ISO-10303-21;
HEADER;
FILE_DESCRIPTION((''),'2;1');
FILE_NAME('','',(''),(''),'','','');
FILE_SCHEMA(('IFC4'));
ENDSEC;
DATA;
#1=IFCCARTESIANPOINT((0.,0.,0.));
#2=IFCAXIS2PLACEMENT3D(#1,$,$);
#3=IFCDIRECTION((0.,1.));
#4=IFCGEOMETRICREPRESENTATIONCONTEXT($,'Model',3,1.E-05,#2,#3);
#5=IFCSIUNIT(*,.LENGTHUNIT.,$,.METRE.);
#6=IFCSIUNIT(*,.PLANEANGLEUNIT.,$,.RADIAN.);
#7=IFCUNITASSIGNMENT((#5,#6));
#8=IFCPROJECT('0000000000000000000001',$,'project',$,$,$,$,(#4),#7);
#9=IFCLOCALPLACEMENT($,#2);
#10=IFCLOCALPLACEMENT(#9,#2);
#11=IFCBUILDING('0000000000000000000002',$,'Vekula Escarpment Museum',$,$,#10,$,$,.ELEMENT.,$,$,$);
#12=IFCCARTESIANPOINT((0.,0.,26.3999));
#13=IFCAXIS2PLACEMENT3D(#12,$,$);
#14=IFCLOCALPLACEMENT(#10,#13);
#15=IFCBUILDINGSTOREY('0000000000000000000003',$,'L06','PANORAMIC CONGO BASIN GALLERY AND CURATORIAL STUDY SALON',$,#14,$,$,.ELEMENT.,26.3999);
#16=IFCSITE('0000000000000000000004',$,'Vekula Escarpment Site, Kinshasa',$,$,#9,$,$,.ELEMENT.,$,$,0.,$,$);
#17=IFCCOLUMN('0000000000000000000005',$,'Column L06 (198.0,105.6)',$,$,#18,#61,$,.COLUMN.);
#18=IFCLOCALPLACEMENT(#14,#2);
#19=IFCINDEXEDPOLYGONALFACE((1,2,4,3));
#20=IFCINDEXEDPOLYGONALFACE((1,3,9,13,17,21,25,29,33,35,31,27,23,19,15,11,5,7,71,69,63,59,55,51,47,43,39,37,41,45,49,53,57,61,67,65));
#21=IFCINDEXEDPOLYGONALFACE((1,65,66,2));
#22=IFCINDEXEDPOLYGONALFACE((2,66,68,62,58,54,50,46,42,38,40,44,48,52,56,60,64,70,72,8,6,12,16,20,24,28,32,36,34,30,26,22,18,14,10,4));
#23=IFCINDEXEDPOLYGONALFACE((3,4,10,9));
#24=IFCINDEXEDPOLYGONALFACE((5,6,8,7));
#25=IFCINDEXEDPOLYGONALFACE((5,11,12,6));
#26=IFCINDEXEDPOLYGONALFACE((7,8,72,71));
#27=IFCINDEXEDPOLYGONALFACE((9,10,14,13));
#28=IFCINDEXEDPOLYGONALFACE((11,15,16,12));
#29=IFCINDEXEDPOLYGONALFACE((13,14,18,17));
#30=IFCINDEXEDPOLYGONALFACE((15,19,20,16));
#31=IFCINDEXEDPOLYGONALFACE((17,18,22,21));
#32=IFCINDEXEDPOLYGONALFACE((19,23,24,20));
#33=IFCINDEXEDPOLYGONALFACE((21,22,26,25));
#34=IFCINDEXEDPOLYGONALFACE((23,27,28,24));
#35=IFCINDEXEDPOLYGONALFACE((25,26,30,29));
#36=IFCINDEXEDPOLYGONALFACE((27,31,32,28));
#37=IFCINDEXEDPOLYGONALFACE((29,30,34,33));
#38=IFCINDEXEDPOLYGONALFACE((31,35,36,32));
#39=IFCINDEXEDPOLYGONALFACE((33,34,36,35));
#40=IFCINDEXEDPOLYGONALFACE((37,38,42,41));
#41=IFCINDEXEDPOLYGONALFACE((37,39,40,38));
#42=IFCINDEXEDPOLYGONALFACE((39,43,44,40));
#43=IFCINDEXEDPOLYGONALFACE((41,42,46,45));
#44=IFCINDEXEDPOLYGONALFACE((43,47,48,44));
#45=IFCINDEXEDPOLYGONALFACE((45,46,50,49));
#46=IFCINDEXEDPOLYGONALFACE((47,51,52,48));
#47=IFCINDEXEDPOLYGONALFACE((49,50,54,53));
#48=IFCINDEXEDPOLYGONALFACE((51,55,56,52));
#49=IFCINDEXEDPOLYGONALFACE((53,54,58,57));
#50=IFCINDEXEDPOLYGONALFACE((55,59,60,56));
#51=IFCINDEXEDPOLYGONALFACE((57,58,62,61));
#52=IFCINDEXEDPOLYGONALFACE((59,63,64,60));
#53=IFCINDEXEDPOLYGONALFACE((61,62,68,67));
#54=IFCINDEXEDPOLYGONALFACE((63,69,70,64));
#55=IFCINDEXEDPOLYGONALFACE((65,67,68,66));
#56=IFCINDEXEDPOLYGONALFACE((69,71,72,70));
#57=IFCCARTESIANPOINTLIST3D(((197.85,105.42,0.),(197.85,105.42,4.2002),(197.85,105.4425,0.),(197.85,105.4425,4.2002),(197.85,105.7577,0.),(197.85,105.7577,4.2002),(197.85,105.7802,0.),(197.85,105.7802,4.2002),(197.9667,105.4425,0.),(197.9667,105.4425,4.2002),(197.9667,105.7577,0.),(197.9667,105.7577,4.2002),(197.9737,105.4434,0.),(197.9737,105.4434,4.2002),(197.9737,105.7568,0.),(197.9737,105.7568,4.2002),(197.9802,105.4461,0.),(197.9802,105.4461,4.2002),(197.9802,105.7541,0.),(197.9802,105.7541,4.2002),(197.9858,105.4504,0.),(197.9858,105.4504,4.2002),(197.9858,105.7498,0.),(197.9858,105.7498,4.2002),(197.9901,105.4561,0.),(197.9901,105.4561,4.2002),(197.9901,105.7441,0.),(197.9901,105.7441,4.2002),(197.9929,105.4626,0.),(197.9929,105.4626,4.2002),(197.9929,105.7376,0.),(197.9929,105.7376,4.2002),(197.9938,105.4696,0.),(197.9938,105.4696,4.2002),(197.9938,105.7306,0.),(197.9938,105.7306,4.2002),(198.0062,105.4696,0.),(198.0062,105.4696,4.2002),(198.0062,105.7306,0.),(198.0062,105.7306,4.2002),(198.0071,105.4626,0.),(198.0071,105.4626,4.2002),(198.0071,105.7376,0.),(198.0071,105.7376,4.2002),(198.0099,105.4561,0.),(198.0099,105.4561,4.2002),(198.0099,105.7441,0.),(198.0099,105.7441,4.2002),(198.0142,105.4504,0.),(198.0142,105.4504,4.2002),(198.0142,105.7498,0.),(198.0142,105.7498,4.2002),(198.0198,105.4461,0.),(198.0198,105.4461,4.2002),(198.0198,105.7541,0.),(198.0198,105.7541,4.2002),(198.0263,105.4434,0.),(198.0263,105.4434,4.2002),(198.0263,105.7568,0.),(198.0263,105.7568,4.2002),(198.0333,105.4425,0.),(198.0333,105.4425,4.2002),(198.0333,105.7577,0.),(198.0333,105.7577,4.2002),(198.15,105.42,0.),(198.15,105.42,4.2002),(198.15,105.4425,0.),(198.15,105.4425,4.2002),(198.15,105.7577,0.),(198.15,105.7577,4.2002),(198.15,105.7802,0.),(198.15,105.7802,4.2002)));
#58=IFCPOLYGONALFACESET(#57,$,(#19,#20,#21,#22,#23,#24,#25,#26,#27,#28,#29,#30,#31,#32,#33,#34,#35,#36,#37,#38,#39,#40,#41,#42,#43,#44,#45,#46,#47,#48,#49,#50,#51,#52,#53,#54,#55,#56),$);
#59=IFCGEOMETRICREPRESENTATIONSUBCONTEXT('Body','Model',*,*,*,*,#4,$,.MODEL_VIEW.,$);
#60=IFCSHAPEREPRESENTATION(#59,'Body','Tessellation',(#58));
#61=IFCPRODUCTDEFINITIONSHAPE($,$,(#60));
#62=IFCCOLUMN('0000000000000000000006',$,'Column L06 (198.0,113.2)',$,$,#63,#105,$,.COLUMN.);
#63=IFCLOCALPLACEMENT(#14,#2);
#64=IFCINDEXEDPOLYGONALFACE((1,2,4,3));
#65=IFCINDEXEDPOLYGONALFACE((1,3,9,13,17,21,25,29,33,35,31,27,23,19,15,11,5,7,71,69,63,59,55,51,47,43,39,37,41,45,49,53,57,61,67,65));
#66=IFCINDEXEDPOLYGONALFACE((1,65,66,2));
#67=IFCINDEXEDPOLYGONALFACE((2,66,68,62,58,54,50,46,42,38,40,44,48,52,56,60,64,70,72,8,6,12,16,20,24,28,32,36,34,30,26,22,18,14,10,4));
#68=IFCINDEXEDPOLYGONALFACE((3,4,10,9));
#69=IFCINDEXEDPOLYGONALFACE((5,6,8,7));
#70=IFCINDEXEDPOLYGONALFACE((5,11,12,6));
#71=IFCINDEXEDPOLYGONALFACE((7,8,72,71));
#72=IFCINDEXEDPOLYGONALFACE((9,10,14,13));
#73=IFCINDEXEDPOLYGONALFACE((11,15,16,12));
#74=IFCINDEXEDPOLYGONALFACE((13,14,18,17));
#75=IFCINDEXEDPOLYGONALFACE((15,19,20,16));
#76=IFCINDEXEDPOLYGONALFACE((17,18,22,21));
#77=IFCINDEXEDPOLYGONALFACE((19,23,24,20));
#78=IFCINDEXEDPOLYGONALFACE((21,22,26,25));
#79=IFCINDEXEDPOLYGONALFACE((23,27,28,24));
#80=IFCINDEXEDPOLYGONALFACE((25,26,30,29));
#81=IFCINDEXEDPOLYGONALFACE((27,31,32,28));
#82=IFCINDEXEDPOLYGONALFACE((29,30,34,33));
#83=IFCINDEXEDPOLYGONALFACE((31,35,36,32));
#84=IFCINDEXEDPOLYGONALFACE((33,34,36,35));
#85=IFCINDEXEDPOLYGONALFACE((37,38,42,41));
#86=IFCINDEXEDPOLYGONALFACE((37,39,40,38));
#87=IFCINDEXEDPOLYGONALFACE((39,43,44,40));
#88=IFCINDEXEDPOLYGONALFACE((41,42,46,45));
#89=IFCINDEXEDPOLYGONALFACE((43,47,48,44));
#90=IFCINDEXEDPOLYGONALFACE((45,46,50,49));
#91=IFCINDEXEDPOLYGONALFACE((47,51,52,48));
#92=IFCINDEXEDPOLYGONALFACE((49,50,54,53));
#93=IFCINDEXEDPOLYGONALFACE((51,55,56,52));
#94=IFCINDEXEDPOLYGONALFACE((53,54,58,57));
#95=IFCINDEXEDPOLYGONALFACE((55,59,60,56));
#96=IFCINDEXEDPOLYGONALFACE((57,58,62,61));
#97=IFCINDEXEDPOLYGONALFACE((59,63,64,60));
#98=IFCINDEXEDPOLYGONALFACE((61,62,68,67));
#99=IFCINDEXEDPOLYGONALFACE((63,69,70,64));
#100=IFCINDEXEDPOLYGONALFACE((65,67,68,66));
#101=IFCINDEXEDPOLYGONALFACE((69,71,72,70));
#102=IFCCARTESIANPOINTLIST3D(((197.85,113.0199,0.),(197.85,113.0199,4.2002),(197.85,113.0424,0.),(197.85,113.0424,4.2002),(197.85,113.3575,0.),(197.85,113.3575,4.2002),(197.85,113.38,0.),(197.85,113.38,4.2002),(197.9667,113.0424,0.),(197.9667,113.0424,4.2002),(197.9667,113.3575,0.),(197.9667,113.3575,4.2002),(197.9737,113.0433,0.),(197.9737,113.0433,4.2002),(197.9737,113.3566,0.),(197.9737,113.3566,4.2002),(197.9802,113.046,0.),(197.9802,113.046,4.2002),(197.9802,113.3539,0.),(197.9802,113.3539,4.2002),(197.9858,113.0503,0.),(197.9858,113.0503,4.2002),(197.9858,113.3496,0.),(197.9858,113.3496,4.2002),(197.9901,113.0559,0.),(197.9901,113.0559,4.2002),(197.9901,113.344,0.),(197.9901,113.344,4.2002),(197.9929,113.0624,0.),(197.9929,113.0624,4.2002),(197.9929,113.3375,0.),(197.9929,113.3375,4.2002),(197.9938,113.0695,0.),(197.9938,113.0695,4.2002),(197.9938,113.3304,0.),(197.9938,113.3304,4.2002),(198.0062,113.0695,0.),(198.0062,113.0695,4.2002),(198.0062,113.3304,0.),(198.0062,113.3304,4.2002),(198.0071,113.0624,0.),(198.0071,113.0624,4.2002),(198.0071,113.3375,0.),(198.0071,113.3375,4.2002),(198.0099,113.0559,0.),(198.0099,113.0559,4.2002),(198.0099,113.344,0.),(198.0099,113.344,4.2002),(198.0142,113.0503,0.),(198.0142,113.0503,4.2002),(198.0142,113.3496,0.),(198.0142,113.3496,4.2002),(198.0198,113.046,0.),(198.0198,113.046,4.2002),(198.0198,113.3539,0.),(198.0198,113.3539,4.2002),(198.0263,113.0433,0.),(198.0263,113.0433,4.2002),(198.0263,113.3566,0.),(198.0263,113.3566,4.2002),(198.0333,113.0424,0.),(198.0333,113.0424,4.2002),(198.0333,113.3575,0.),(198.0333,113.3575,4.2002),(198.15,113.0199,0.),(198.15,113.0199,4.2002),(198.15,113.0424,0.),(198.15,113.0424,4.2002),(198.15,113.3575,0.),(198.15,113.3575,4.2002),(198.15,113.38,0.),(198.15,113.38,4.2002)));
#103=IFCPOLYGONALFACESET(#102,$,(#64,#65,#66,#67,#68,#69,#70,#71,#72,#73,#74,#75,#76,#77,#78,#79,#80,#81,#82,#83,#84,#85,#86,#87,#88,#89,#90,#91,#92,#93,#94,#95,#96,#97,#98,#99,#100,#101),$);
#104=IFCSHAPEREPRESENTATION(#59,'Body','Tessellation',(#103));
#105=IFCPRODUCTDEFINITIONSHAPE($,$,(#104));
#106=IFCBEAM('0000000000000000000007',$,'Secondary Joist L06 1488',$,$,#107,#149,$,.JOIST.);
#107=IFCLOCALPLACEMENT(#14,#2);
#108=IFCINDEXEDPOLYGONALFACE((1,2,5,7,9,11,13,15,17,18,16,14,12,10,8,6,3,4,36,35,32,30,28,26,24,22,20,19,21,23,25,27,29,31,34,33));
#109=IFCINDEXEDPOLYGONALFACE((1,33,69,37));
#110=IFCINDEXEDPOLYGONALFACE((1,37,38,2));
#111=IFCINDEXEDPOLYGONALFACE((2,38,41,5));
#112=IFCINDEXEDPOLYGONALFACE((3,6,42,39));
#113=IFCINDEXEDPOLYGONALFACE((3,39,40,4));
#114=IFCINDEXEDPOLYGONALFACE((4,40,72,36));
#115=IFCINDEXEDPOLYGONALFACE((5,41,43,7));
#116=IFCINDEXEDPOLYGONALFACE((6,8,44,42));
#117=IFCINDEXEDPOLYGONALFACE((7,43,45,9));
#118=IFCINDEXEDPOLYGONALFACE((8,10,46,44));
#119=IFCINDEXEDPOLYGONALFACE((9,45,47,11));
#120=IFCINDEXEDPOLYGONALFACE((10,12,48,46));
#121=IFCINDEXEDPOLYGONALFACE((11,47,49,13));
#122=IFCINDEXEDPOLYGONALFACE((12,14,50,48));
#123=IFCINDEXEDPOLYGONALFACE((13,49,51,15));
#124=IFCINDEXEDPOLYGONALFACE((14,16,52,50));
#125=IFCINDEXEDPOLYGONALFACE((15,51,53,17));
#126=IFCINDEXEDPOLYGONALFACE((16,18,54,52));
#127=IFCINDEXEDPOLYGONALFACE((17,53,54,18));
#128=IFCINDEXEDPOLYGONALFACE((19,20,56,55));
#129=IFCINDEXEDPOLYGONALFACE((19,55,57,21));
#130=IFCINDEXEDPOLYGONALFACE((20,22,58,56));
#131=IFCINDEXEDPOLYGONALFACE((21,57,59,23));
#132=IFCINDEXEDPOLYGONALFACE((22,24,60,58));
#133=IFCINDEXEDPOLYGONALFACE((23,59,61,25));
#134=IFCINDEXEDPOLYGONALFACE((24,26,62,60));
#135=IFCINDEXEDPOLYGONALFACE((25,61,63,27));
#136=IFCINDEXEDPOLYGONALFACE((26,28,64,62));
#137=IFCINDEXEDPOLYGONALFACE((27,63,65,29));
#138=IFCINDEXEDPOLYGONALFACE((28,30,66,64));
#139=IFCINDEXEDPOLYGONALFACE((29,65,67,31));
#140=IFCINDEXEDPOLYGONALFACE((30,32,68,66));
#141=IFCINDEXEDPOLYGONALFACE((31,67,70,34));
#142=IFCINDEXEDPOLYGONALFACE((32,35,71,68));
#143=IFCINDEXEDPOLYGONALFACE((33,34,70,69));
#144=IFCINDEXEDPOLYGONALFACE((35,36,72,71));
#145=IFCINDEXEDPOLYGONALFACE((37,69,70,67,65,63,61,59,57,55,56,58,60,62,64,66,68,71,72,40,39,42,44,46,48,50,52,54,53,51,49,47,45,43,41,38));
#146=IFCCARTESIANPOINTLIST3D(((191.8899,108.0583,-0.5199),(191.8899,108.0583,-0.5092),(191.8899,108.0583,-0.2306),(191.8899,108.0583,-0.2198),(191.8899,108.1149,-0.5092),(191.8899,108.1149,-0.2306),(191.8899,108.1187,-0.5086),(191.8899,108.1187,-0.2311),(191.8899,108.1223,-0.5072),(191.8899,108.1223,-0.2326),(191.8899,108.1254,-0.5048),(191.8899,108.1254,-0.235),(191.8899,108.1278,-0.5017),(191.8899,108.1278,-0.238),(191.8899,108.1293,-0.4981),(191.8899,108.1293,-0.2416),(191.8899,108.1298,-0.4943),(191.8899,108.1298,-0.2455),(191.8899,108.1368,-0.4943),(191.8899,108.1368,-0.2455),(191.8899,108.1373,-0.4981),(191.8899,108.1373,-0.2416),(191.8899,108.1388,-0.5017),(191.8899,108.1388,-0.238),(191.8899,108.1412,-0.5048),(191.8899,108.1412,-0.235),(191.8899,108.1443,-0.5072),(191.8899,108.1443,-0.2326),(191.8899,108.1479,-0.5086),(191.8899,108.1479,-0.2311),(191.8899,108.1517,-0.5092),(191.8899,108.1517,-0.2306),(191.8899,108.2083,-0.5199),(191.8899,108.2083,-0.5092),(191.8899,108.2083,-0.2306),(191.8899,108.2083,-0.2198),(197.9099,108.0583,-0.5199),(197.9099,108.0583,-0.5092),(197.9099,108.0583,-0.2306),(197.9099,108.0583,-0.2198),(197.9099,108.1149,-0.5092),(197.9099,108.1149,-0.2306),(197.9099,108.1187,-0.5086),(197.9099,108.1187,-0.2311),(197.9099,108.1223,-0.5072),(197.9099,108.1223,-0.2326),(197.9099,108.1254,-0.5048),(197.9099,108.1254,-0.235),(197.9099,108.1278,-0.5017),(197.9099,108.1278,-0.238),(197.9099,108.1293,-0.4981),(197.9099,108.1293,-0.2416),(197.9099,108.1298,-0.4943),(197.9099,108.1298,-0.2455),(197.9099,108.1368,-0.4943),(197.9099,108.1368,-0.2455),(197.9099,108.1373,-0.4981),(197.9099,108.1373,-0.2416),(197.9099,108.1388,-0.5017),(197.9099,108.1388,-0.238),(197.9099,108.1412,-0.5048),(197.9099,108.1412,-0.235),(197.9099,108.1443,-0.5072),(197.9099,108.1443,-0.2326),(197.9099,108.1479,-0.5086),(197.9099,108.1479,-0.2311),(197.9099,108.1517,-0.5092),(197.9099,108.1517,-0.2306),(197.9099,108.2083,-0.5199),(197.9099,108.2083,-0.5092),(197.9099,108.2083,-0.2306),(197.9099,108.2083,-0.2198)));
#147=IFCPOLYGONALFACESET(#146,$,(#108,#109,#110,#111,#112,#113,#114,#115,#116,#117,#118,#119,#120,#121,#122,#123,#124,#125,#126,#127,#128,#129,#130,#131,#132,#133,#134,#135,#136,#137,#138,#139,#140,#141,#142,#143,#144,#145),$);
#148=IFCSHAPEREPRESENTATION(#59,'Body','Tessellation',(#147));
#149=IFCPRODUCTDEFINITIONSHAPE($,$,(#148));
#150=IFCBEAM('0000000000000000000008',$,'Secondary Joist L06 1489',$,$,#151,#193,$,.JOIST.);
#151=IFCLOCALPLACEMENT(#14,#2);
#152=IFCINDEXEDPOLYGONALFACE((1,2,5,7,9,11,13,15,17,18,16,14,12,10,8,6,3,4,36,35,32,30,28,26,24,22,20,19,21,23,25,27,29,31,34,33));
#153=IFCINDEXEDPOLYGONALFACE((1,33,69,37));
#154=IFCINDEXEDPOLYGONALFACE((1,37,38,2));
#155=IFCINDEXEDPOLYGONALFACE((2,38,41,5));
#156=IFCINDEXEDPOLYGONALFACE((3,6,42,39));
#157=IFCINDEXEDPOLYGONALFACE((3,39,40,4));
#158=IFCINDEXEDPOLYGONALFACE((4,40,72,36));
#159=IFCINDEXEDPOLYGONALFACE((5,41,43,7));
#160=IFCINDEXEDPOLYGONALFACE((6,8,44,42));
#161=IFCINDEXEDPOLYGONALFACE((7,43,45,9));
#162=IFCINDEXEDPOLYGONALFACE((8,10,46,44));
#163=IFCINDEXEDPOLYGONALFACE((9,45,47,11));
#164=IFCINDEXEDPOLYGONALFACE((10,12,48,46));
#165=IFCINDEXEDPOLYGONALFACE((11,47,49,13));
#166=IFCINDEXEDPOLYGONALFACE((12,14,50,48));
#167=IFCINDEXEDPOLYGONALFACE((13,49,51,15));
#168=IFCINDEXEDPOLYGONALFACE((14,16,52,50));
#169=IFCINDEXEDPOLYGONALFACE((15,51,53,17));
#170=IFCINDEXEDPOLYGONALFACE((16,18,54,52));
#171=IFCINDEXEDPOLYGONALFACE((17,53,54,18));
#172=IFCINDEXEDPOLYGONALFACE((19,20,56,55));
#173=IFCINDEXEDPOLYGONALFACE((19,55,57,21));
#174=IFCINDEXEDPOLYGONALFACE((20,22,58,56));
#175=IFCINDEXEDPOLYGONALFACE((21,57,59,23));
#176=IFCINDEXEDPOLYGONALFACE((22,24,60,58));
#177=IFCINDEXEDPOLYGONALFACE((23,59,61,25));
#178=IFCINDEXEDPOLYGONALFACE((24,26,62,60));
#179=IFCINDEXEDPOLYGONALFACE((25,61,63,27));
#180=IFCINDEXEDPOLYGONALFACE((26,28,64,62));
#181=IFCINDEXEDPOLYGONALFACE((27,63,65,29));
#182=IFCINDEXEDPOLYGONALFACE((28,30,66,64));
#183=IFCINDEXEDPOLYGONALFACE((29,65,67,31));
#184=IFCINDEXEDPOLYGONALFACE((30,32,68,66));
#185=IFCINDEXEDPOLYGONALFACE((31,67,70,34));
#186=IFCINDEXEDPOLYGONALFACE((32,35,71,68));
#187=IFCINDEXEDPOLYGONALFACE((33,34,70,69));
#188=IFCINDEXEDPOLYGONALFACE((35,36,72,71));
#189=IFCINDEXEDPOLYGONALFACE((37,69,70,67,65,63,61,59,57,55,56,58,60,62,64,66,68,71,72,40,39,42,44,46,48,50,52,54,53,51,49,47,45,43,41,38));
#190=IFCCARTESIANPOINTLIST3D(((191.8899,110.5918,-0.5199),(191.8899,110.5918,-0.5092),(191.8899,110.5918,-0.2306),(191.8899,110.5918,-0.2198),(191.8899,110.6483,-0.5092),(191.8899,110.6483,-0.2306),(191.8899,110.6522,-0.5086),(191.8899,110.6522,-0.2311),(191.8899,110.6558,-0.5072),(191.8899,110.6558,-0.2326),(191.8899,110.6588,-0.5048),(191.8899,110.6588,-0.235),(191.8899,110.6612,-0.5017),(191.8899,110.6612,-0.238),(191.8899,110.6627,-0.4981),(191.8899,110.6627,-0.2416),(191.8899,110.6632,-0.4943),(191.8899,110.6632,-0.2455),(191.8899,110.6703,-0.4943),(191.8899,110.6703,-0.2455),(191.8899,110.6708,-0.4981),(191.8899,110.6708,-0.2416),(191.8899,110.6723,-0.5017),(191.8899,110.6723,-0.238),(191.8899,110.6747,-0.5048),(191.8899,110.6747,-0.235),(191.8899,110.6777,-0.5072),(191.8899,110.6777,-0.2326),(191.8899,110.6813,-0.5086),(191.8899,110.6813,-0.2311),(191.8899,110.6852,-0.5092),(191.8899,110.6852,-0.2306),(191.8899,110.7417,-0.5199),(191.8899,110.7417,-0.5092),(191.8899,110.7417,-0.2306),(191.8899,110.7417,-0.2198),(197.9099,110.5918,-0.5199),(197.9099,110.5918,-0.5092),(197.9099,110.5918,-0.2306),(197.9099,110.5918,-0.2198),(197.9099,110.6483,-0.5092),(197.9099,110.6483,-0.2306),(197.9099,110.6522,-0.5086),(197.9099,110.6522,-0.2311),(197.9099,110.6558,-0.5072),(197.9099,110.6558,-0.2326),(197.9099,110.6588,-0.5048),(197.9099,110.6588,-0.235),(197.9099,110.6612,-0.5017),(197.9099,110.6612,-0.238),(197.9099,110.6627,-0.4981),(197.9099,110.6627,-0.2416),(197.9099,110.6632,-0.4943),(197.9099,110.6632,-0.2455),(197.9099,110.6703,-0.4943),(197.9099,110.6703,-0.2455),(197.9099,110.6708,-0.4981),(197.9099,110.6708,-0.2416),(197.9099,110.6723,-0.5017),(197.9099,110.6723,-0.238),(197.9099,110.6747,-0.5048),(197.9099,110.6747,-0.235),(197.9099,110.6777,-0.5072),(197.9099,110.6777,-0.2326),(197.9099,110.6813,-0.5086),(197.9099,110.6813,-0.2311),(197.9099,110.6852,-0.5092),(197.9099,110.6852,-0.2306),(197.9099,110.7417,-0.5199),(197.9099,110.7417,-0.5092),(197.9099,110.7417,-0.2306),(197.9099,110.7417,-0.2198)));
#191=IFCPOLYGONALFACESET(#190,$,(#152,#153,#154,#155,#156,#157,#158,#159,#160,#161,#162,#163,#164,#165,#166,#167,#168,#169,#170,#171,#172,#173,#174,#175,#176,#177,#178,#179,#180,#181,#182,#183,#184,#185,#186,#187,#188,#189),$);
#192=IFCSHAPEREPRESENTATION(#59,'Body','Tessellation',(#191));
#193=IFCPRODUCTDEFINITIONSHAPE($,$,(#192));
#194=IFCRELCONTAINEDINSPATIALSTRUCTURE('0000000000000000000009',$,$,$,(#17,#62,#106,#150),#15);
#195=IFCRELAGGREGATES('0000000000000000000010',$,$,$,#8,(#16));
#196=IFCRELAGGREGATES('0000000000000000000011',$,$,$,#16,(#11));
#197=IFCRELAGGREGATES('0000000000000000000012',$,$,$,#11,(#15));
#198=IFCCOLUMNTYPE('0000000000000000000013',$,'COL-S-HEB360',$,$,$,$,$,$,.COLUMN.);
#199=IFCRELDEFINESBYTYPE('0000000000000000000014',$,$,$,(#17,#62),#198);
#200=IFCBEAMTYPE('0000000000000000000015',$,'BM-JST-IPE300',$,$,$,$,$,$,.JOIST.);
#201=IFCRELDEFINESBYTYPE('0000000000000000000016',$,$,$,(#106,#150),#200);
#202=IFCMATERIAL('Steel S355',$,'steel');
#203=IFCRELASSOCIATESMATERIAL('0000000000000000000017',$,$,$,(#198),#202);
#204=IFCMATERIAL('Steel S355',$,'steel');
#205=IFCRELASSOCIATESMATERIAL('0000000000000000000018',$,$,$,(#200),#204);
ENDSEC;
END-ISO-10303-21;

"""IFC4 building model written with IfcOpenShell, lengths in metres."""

from ifc_helpers import new_model, si_unit, direction, frame, origin, origin_2d, place, context, subcontext, project, spatial, i_section, extrude, material, material_profile, profile_set, type_object, element, save


model = new_model("IFC4")

# Units and contexts
model_context = context("Model", 3, precision=1e-05, world=origin(), true_north=direction((0.0, 1.0)))
body_context = subcontext(model_context, "Body", "Model", "MODEL_VIEW")
ifc_project = project(units=[si_unit("LENGTHUNIT", "METRE"), si_unit("PLANEANGLEUNIT", "RADIAN")], contexts=[model_context])

# Site, building, storey
site_placement = place(None, origin())
site = spatial("IfcSite", under=ifc_project, at=site_placement, Name="Vekula Escarpment Site, Kinshasa", CompositionType="ELEMENT", RefElevation=0.0)
building_placement = place(site_placement, origin())
building = spatial("IfcBuilding", under=site, at=building_placement, Name="Vekula Escarpment Museum", CompositionType="ELEMENT")
storey_placement = place(building_placement, frame((0.0, 0.0, 26.3999)))
storey = spatial("IfcBuildingStorey", under=building, at=storey_placement, Name="L06", Description="PANORAMIC CONGO BASIN GALLERY AND CURATORIAL STUDY SALON", CompositionType="ELEMENT", Elevation=26.3999)

# Columns
ifc_material_1 = material(Name="Steel S355", Category="steel")
ifc_material_profile_1 = material_profile(ifc_material_1, i_section(OverallWidth=0.3, OverallDepth=0.3601, WebThickness=0.0125, FlangeThickness=0.0225, FilletRadius=0.0271, at=origin_2d()), Name="HEB 360")
ifc_profile_set_1 = profile_set([ifc_material_profile_1], Name="Steel S355")
column_type = type_object("IfcColumnType", Name="COL-S-HEB360", PredefinedType="COLUMN", material=ifc_profile_set_1)
for number, where, z_axis, x_axis, name in (
    (1, (198.0, 105.6001, 0.0), (0.0, 0.0, 1.0), (1.0, 0.0, 0.0), "Column L06 (198.0,105.6)"),
    (2, (198.0, 113.2, 0.0), (0.0, 0.0, 1.0), (1.0, 0.0, 0.0), "Column L06 (198.0,113.2)"),
):
    element("IfcColumn", number, at=place(storey_placement, frame(where, z_axis=z_axis, x_axis=x_axis)), inside=storey, type_object=column_type, Name=name, PredefinedType="COLUMN", context=body_context, shape_type="SweptSolid", body=[
        extrude(i_section(OverallWidth=0.3, OverallDepth=0.3601, WebThickness=0.0125, FlangeThickness=0.0225, FilletRadius=0.0271, at=origin_2d()), origin(), (0.0, 0.0, 1.0), 4.2002),
    ])

# Beams
ifc_material_2 = material(Name="Steel S355", Category="steel")
ifc_material_profile_2 = material_profile(ifc_material_2, i_section(OverallWidth=0.1499, OverallDepth=0.3, WebThickness=0.0071, FlangeThickness=0.0107, FilletRadius=0.0149, at=origin_2d()), Name="IPE 300")
ifc_profile_set_2 = profile_set([ifc_material_profile_2], Name="Steel S355")
beam_type_1 = type_object("IfcBeamType", Name="BM-JST-IPE300", PredefinedType="JOIST", material=ifc_profile_set_2)
for number, where, z_axis, x_axis, name in (
    (3, (191.8899, 108.1333, -0.3699), (1.0, 0.0, 0.0), (0.0, 1.0, 0.0), "Secondary Joist L06 1488"),
    (4, (191.8899, 110.6667, -0.3699), (1.0, 0.0, 0.0), (0.0, 1.0, 0.0), "Secondary Joist L06 1489"),
):
    element("IfcBeam", number, at=place(storey_placement, frame(where, z_axis=z_axis, x_axis=x_axis)), inside=storey, type_object=beam_type_1, Name=name, PredefinedType="JOIST", context=body_context, shape_type="SweptSolid", body=[
        extrude(i_section(OverallWidth=0.1499, OverallDepth=0.3, WebThickness=0.0071, FlangeThickness=0.0107, FilletRadius=0.0149, at=origin_2d()), origin(), (0.0, 0.0, 1.0), 6.02),
    ])

save(model, "model.ifc")
